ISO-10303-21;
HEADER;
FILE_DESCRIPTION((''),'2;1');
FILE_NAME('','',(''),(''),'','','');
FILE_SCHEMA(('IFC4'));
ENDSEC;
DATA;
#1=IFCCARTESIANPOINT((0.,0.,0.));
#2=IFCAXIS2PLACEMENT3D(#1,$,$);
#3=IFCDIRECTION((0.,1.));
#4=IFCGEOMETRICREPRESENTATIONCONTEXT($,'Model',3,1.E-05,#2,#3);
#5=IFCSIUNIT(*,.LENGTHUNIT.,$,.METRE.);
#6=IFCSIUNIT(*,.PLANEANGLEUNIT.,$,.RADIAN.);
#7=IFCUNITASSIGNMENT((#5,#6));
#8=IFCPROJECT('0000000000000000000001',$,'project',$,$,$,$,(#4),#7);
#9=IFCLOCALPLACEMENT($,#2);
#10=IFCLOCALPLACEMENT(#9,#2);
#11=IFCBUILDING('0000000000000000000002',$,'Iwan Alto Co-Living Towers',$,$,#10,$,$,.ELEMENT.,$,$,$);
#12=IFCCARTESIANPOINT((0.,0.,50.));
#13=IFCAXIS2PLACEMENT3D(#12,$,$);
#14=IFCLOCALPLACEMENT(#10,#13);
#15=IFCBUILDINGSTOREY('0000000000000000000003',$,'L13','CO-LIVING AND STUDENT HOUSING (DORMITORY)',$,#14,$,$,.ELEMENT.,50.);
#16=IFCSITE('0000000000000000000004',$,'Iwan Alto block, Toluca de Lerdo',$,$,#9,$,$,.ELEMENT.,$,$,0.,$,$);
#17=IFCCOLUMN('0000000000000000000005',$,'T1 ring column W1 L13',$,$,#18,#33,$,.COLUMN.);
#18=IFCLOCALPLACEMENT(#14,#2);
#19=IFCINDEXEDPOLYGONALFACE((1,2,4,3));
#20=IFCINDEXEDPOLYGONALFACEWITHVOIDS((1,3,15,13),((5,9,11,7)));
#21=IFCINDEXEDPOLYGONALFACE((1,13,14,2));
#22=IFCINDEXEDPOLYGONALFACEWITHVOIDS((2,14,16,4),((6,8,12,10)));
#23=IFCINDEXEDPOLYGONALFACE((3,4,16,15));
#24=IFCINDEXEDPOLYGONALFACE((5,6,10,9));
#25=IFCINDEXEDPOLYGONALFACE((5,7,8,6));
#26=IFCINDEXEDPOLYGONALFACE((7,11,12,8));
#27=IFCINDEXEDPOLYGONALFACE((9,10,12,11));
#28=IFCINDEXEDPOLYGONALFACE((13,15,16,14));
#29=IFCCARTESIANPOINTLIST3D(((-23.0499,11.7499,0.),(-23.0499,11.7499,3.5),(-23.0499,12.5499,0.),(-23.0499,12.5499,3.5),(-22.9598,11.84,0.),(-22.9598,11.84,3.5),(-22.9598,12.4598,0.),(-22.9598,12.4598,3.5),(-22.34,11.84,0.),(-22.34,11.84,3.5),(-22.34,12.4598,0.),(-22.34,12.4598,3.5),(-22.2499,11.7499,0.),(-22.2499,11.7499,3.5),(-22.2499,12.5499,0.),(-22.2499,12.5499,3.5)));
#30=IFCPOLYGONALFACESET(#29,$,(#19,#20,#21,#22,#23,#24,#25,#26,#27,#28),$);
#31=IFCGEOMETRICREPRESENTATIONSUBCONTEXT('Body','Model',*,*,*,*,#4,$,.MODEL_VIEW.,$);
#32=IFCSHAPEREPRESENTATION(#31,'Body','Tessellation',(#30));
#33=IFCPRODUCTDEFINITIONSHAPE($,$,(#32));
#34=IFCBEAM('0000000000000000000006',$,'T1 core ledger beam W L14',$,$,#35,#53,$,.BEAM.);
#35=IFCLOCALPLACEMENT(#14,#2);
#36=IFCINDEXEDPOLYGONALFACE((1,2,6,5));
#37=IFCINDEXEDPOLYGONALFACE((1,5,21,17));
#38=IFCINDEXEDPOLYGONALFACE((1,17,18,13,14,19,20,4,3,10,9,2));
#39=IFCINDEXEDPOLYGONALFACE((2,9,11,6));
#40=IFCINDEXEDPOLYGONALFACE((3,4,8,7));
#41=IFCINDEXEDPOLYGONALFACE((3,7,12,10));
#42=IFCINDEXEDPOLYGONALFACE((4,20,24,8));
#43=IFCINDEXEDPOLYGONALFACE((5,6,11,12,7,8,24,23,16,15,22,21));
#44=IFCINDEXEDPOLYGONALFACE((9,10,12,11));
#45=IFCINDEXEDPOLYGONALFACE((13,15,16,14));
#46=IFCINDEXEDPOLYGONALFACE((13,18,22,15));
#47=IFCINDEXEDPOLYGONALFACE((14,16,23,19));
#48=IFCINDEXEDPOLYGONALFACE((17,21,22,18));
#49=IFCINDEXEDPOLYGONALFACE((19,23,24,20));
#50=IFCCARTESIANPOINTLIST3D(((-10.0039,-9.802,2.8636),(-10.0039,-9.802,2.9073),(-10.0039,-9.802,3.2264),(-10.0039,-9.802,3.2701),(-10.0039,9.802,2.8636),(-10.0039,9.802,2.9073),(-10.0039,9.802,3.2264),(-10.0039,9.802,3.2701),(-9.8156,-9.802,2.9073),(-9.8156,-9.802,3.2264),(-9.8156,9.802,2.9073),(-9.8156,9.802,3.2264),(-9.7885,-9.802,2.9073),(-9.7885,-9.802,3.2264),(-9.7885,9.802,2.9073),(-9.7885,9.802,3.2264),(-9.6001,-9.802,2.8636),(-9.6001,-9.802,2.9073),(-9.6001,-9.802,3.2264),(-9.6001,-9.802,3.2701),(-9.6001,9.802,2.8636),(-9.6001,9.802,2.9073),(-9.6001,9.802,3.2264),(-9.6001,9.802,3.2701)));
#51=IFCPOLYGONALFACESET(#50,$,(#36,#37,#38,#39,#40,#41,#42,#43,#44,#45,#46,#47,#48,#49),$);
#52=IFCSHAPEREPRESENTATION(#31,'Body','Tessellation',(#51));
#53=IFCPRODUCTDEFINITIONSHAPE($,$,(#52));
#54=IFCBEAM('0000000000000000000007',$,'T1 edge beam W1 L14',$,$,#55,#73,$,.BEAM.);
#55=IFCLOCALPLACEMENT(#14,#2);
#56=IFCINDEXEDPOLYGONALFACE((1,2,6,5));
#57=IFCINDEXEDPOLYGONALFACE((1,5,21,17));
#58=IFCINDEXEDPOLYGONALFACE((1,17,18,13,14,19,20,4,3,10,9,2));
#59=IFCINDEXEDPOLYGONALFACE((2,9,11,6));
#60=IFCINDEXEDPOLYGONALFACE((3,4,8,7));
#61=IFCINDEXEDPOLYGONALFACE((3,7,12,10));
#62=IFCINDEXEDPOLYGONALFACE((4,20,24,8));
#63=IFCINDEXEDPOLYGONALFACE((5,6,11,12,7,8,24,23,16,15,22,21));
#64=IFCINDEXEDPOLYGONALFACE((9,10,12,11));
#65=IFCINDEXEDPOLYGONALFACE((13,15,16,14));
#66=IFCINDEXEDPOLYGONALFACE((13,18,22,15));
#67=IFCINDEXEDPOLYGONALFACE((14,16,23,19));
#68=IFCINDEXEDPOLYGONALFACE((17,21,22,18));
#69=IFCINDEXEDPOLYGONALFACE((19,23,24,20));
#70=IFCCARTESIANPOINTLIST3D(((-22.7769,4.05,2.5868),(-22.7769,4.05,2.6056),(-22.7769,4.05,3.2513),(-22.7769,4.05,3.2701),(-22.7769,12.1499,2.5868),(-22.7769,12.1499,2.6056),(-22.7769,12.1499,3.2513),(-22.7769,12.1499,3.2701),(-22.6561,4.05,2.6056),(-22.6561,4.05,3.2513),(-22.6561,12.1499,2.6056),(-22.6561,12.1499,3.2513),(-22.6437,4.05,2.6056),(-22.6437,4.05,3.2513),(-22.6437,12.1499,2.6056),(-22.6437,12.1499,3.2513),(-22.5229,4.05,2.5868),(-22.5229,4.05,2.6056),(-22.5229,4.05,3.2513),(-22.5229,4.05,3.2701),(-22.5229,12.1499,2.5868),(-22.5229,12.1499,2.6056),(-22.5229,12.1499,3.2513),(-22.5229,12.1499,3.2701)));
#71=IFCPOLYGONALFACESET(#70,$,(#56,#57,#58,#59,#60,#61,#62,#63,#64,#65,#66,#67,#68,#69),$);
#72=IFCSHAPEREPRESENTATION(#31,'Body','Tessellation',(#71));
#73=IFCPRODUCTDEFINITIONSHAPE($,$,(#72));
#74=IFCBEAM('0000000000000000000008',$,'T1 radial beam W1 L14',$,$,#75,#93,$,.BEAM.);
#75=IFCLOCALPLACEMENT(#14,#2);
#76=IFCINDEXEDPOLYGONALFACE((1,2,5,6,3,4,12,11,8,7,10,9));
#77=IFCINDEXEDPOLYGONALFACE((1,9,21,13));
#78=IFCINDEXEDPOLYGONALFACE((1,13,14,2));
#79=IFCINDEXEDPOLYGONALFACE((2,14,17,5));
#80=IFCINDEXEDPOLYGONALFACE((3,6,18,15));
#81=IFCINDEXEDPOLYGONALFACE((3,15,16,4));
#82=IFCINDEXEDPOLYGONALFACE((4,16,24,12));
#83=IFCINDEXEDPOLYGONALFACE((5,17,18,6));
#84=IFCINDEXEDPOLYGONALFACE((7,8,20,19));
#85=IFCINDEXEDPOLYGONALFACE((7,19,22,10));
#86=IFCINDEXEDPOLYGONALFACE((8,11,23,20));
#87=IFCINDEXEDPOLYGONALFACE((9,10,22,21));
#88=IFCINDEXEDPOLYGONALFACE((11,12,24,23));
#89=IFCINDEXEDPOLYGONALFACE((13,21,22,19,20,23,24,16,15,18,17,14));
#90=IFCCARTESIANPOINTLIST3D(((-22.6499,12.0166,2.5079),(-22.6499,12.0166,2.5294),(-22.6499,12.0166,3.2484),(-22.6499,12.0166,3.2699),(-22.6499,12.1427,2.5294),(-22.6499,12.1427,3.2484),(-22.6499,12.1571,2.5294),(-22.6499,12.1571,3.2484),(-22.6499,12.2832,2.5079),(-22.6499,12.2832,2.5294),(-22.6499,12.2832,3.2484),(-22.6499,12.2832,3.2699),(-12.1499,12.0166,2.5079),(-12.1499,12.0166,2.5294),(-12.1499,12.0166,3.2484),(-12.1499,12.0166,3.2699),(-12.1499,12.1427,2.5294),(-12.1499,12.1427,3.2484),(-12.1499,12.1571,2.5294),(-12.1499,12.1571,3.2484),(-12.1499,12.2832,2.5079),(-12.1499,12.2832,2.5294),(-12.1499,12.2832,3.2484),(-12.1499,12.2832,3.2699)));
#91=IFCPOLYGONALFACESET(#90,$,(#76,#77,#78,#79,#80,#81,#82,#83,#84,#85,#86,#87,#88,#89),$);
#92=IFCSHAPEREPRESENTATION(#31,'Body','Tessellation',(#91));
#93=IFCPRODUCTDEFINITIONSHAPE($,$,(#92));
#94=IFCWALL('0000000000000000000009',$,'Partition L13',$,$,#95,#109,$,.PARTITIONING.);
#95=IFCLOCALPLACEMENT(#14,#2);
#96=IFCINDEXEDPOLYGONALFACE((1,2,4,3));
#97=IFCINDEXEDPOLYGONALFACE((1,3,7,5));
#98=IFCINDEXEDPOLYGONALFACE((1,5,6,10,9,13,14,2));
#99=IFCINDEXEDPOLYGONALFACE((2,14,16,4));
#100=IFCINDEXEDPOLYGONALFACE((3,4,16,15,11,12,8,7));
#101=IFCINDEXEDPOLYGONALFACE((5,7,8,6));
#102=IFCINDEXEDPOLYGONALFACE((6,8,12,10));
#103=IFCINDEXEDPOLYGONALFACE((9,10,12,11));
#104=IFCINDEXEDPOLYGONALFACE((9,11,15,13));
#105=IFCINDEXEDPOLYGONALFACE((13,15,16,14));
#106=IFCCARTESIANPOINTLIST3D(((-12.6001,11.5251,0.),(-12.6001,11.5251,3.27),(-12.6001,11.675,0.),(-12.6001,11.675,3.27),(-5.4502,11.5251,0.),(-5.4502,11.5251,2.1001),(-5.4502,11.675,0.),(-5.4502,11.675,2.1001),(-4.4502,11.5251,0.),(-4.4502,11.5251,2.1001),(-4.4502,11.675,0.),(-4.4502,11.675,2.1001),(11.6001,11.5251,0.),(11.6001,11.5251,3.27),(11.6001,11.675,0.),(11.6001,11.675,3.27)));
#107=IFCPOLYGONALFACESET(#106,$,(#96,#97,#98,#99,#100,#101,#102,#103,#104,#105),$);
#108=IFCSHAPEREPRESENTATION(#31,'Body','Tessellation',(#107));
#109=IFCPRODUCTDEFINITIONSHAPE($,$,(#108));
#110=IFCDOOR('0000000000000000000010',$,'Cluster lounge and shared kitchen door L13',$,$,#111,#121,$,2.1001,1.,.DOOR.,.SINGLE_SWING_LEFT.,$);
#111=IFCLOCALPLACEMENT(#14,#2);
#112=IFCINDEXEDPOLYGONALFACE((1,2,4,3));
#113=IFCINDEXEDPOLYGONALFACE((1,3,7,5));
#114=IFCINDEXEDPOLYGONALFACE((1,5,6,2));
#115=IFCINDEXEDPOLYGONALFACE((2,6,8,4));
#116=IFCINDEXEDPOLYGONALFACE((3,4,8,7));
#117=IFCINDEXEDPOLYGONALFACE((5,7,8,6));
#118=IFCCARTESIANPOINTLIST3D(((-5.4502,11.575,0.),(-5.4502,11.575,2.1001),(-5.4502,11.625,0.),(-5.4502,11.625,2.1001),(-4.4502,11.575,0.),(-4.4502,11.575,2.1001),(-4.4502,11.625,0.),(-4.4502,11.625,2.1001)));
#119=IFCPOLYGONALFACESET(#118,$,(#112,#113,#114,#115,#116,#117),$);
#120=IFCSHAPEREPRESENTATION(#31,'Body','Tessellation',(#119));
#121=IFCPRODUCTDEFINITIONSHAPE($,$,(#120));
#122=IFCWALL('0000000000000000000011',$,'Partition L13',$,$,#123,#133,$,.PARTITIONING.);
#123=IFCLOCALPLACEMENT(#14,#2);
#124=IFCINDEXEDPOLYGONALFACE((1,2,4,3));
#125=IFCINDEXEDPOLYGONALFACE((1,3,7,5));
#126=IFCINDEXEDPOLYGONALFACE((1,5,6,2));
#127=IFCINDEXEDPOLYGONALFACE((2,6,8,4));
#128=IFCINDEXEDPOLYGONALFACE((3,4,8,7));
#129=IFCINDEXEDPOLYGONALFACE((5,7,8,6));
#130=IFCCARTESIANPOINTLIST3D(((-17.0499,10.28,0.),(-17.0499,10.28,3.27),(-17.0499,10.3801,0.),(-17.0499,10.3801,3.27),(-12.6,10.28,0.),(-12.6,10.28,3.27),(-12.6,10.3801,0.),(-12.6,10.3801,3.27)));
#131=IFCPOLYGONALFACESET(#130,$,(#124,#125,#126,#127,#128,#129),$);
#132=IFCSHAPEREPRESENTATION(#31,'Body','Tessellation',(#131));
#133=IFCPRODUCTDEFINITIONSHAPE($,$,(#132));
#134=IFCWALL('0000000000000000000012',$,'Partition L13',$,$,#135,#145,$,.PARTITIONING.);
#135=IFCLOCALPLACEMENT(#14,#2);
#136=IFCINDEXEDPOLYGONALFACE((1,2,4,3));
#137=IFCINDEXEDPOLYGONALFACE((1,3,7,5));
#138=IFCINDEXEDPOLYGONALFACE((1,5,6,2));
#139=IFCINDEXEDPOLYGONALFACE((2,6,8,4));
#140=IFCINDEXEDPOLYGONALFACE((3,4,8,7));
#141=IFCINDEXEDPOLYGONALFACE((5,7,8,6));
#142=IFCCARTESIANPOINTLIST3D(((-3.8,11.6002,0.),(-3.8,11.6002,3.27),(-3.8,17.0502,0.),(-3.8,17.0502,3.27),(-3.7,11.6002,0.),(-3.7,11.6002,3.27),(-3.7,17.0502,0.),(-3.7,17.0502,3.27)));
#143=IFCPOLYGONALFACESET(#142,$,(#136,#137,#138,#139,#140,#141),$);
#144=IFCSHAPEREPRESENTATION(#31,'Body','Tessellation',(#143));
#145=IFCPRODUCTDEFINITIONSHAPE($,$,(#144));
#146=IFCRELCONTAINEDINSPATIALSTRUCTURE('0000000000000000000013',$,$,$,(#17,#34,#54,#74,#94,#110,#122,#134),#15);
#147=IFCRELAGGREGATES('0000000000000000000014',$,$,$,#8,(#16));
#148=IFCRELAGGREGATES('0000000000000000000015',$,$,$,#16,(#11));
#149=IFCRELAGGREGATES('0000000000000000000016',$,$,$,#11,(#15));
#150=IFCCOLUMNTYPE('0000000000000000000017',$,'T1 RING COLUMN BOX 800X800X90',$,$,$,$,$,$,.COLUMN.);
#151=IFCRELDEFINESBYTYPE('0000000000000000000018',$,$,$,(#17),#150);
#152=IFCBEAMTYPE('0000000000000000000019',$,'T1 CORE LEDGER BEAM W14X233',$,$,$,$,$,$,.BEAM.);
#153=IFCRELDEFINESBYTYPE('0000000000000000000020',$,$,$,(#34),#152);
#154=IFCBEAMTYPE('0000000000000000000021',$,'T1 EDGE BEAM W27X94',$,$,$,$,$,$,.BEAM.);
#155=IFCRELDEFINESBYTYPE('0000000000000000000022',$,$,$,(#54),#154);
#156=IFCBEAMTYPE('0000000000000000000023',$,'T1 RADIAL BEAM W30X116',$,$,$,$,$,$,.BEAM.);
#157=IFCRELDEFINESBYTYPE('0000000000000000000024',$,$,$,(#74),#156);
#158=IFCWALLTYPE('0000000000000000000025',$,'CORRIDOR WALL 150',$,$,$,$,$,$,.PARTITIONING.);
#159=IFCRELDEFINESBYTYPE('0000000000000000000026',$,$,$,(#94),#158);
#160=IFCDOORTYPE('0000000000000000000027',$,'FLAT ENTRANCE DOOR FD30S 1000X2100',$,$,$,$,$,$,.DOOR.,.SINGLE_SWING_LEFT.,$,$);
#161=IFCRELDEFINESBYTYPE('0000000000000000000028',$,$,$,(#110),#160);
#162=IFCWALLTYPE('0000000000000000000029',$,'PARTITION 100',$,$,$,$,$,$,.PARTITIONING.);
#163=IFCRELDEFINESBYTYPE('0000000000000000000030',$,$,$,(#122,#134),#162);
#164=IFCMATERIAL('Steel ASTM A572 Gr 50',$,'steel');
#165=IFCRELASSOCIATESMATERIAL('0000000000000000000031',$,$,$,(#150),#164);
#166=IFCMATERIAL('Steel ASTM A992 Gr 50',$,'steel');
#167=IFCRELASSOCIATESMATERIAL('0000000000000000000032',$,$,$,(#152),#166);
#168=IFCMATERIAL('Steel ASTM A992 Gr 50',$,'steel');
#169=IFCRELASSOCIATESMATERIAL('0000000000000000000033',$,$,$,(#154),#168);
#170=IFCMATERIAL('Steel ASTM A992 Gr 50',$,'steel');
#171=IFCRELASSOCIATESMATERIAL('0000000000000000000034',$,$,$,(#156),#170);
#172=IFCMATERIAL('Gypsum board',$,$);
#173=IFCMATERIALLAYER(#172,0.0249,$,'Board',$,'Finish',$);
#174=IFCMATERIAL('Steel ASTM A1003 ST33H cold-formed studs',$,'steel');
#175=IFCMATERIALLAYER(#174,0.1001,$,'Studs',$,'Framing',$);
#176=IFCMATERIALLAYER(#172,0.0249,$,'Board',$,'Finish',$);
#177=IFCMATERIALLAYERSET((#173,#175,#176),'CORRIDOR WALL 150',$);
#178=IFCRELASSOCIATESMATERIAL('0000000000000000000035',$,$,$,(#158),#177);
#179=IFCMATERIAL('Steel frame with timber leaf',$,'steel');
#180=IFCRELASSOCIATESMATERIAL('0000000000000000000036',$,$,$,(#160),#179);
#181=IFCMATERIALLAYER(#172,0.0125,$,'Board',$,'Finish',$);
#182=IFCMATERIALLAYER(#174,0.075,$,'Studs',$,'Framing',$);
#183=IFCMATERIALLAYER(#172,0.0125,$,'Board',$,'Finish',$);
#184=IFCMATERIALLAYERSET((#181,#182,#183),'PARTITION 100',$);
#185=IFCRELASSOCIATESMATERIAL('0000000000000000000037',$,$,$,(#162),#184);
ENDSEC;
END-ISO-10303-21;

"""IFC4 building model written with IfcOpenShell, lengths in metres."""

from ifc_helpers import new_model, si_unit, direction, frame, frame_2d, origin, origin_2d, place, context, subcontext, project, spatial, rectangle, hollow_rectangle, i_section, extrude, material, layer, layer_set, material_profile, profile_set, type_object, element, fill, save


model = new_model("IFC4")

# Units and contexts
model_context = context("Model", 3, precision=1e-05, world=origin(), true_north=direction((0.0, 1.0)))
body_context = subcontext(model_context, "Body", "Model", "MODEL_VIEW")
ifc_project = project(units=[si_unit("LENGTHUNIT", "METRE"), si_unit("PLANEANGLEUNIT", "RADIAN")], contexts=[model_context])

# Site, building, storey
site_placement = place(None, origin())
site = spatial("IfcSite", under=ifc_project, at=site_placement, Name="Iwan Alto block, Toluca de Lerdo", CompositionType="ELEMENT", RefElevation=0.0)
building_placement = place(site_placement, origin())
building = spatial("IfcBuilding", under=site, at=building_placement, Name="Iwan Alto Co-Living Towers", CompositionType="ELEMENT")
storey_placement = place(building_placement, frame((0.0, 0.0, 50.0)))
storey = spatial("IfcBuildingStorey", under=building, at=storey_placement, Name="L13", Description="CO-LIVING AND STUDENT HOUSING (DORMITORY)", CompositionType="ELEMENT", Elevation=50.0)

# Column
ifc_material_1 = material(Name="Steel ASTM A572 Gr 50", Category="steel")
ifc_material_profile_1 = material_profile(ifc_material_1, hollow_rectangle(XDim=0.8, YDim=0.8, WallThickness=0.0901, at=origin_2d()), Name="BOX 800X800X90")
ifc_profile_set_1 = profile_set([ifc_material_profile_1], Name="Steel ASTM A572 Gr 50")
column_type = type_object("IfcColumnType", Name="T1 RING COLUMN BOX 800X800X90", PredefinedType="COLUMN", material=ifc_profile_set_1)
column_placement = place(storey_placement, frame((-22.6499, 12.1499, 0.0), z_axis=(0.0, 0.0, 1.0), x_axis=(1.0, 0.0, 0.0)))
element("IfcColumn", 1, at=column_placement, inside=storey, type_object=column_type, Name="T1 ring column W1 L13", PredefinedType="COLUMN", context=body_context, shape_type="SweptSolid", body=[
    extrude(hollow_rectangle(XDim=0.8, YDim=0.8, WallThickness=0.0901, at=origin_2d()), origin(), (0.0, 0.0, 1.0), 3.5),
])

# Beams
ifc_material_2 = material(Name="Steel ASTM A992 Gr 50", Category="steel")
ifc_material_profile_2 = material_profile(ifc_material_2, i_section(OverallWidth=0.4038, OverallDepth=0.4065, WebThickness=0.0271, FlangeThickness=0.0437, at=origin_2d()), Name="W14X233")
ifc_profile_set_2 = profile_set([ifc_material_profile_2], Name="Steel ASTM A992 Gr 50")
beam_type_1 = type_object("IfcBeamType", Name="T1 CORE LEDGER BEAM W14X233", PredefinedType="BEAM", material=ifc_profile_set_2)
beam_1_placement = place(storey_placement, frame((-9.802, 9.802, 3.0669), z_axis=(0.0, -1.0, 0.0), x_axis=(1.0, 0.0, 0.0)))
element("IfcBeam", 2, at=beam_1_placement, inside=storey, type_object=beam_type_1, Name="T1 core ledger beam W L14", PredefinedType="BEAM", context=body_context, shape_type="SweptSolid", body=[
    extrude(i_section(OverallWidth=0.4038, OverallDepth=0.4065, WebThickness=0.0271, FlangeThickness=0.0437, at=origin_2d()), origin(), (0.0, 0.0, 1.0), 19.604),
])
ifc_material_3 = material(Name="Steel ASTM A992 Gr 50", Category="steel")
ifc_material_profile_3 = material_profile(ifc_material_3, i_section(OverallWidth=0.2539, OverallDepth=0.6833, WebThickness=0.0125, FlangeThickness=0.0188, at=origin_2d()), Name="W27X94")
ifc_profile_set_3 = profile_set([ifc_material_profile_3], Name="Steel ASTM A992 Gr 50")
beam_type_2 = type_object("IfcBeamType", Name="T1 EDGE BEAM W27X94", PredefinedType="BEAM", material=ifc_profile_set_3)
beam_2_placement = place(storey_placement, frame((-22.6499, 12.1499, 2.9285), z_axis=(0.0, -1.0, 0.0), x_axis=(1.0, 0.0, 0.0)))
element("IfcBeam", 3, at=beam_2_placement, inside=storey, type_object=beam_type_2, Name="T1 edge beam W1 L14", PredefinedType="BEAM", context=body_context, shape_type="SweptSolid", body=[
    extrude(i_section(OverallWidth=0.2539, OverallDepth=0.6833, WebThickness=0.0125, FlangeThickness=0.0188, at=origin_2d()), origin(), (0.0, 0.0, 1.0), 8.0999),
])
ifc_material_4 = material(Name="Steel ASTM A992 Gr 50", Category="steel")
ifc_material_profile_4 = material_profile(ifc_material_4, i_section(OverallWidth=0.2666, OverallDepth=0.762, WebThickness=0.0144, FlangeThickness=0.0215, at=origin_2d()), Name="W30X116")
ifc_profile_set_4 = profile_set([ifc_material_profile_4], Name="Steel ASTM A992 Gr 50")
beam_type_3 = type_object("IfcBeamType", Name="T1 RADIAL BEAM W30X116", PredefinedType="BEAM", material=ifc_profile_set_4)
beam_3_placement = place(storey_placement, frame((-22.6499, 12.1499, 2.8889), z_axis=(1.0, 0.0, 0.0), x_axis=(0.0, 1.0, 0.0)))
element("IfcBeam", 4, at=beam_3_placement, inside=storey, type_object=beam_type_3, Name="T1 radial beam W1 L14", PredefinedType="BEAM", context=body_context, shape_type="SweptSolid", body=[
    extrude(i_section(OverallWidth=0.2666, OverallDepth=0.762, WebThickness=0.0144, FlangeThickness=0.0215, at=origin_2d()), origin(), (0.0, 0.0, 1.0), 10.5),
])

# Wall, opening, door
ifc_material_5 = material(Name="Gypsum board")
ifc_layer_1 = layer(ifc_material_5, 0.0249, Name="Board", Category="Finish")
ifc_material_6 = material(Name="Steel ASTM A1003 ST33H cold-formed studs", Category="steel")
ifc_layer_2 = layer(ifc_material_6, 0.1001, Name="Studs", Category="Framing")
ifc_layer_3 = layer(ifc_material_5, 0.0249, Name="Board", Category="Finish")
ifc_layer_set_1 = layer_set([ifc_layer_1, ifc_layer_2, ifc_layer_3], Name="CORRIDOR WALL 150")
wall_type_1 = type_object("IfcWallType", Name="CORRIDOR WALL 150", PredefinedType="PARTITIONING", material=ifc_layer_set_1)
wall_1_placement = place(storey_placement, frame((-12.6001, 11.6001, 0.0), z_axis=(0.0, 0.0, 1.0), x_axis=(1.0, 0.0, 0.0)))
wall_1 = element("IfcWall", 5, at=wall_1_placement, inside=storey, type_object=wall_type_1, Name="Partition L13", PredefinedType="PARTITIONING", context=body_context, shape_type="SweptSolid", body=[
    extrude(rectangle(XDim=24.2002, YDim=0.1499, at=frame_2d((12.1001, 0.0))), origin(), (0.0, 0.0, 1.0), 3.27),
])
opening_1_placement = place(wall_1_placement, frame((7.1499, 0.0, 0.0)))
opening_1 = element("IfcOpeningElement", 6, at=opening_1_placement, cuts=wall_1, PredefinedType="OPENING", context=body_context, shape_type="SweptSolid", body=[
    extrude(rectangle(XDim=1.0, YDim=2.1001, at=frame_2d((0.5, 1.05))), frame((0.0, 0.085, 0.0), z_axis=(0.0, -1.0, 0.0), x_axis=(1.0, 0.0, 0.0)), (0.0, 0.0, 1.0), 0.1699),
])
ifc_material_7 = material(Name="Steel frame with timber leaf", Category="steel")
door_type_1 = type_object("IfcDoorType", Name="FLAT ENTRANCE DOOR FD30S 1000X2100", OperationType="SINGLE_SWING_LEFT", PredefinedType="DOOR", material=ifc_material_7)
door_1_placement = place(opening_1_placement, origin())
door_1 = element("IfcDoor", 7, at=door_1_placement, inside=storey, type_object=door_type_1, Name="Cluster lounge and shared kitchen door L13", OperationType="SINGLE_SWING_LEFT", OverallHeight=2.1001, OverallWidth=1.0, PredefinedType="DOOR", context=body_context, shape_type="SweptSolid", body=[
    extrude(rectangle(XDim=1.0, YDim=2.1001, at=frame_2d((0.5, 1.05))), frame((0.0, 0.0249, 0.0), z_axis=(0.0, -1.0, 0.0), x_axis=(1.0, 0.0, 0.0)), (0.0, 0.0, 1.0), 0.05),
])
fill(opening_1, door_1)

# Walls
ifc_layer_4 = layer(ifc_material_5, 0.0125, Name="Board", Category="Finish")
ifc_layer_5 = layer(ifc_material_6, 0.075, Name="Studs", Category="Framing")
ifc_layer_6 = layer(ifc_material_5, 0.0125, Name="Board", Category="Finish")
ifc_layer_set_2 = layer_set([ifc_layer_4, ifc_layer_5, ifc_layer_6], Name="PARTITION 100")
wall_type_2 = type_object("IfcWallType", Name="PARTITION 100", PredefinedType="PARTITIONING", material=ifc_layer_set_2)
wall_2_placement = place(storey_placement, frame((-17.05, 10.3301, 0.0), z_axis=(0.0, 0.0, 1.0), x_axis=(1.0, 0.0, 0.0)))
element("IfcWall", 8, at=wall_2_placement, inside=storey, type_object=wall_type_2, Name="Partition L13", PredefinedType="PARTITIONING", context=body_context, shape_type="SweptSolid", body=[
    extrude(rectangle(XDim=4.45, YDim=0.1001, at=frame_2d((2.2251, 0.0))), origin(), (0.0, 0.0, 1.0), 3.27),
])
wall_3_placement = place(storey_placement, frame((-3.75, 11.6001, 0.0), z_axis=(0.0, 0.0, 1.0), x_axis=(0.0, 1.0, 0.0)))
element("IfcWall", 9, at=wall_3_placement, inside=storey, type_object=wall_type_2, Name="Partition L13", PredefinedType="PARTITIONING", context=body_context, shape_type="SweptSolid", body=[
    extrude(rectangle(XDim=5.45, YDim=0.1001, at=frame_2d((2.7251, 0.0))), origin(), (0.0, 0.0, 1.0), 3.27),
])

save(model, "model.ifc")
